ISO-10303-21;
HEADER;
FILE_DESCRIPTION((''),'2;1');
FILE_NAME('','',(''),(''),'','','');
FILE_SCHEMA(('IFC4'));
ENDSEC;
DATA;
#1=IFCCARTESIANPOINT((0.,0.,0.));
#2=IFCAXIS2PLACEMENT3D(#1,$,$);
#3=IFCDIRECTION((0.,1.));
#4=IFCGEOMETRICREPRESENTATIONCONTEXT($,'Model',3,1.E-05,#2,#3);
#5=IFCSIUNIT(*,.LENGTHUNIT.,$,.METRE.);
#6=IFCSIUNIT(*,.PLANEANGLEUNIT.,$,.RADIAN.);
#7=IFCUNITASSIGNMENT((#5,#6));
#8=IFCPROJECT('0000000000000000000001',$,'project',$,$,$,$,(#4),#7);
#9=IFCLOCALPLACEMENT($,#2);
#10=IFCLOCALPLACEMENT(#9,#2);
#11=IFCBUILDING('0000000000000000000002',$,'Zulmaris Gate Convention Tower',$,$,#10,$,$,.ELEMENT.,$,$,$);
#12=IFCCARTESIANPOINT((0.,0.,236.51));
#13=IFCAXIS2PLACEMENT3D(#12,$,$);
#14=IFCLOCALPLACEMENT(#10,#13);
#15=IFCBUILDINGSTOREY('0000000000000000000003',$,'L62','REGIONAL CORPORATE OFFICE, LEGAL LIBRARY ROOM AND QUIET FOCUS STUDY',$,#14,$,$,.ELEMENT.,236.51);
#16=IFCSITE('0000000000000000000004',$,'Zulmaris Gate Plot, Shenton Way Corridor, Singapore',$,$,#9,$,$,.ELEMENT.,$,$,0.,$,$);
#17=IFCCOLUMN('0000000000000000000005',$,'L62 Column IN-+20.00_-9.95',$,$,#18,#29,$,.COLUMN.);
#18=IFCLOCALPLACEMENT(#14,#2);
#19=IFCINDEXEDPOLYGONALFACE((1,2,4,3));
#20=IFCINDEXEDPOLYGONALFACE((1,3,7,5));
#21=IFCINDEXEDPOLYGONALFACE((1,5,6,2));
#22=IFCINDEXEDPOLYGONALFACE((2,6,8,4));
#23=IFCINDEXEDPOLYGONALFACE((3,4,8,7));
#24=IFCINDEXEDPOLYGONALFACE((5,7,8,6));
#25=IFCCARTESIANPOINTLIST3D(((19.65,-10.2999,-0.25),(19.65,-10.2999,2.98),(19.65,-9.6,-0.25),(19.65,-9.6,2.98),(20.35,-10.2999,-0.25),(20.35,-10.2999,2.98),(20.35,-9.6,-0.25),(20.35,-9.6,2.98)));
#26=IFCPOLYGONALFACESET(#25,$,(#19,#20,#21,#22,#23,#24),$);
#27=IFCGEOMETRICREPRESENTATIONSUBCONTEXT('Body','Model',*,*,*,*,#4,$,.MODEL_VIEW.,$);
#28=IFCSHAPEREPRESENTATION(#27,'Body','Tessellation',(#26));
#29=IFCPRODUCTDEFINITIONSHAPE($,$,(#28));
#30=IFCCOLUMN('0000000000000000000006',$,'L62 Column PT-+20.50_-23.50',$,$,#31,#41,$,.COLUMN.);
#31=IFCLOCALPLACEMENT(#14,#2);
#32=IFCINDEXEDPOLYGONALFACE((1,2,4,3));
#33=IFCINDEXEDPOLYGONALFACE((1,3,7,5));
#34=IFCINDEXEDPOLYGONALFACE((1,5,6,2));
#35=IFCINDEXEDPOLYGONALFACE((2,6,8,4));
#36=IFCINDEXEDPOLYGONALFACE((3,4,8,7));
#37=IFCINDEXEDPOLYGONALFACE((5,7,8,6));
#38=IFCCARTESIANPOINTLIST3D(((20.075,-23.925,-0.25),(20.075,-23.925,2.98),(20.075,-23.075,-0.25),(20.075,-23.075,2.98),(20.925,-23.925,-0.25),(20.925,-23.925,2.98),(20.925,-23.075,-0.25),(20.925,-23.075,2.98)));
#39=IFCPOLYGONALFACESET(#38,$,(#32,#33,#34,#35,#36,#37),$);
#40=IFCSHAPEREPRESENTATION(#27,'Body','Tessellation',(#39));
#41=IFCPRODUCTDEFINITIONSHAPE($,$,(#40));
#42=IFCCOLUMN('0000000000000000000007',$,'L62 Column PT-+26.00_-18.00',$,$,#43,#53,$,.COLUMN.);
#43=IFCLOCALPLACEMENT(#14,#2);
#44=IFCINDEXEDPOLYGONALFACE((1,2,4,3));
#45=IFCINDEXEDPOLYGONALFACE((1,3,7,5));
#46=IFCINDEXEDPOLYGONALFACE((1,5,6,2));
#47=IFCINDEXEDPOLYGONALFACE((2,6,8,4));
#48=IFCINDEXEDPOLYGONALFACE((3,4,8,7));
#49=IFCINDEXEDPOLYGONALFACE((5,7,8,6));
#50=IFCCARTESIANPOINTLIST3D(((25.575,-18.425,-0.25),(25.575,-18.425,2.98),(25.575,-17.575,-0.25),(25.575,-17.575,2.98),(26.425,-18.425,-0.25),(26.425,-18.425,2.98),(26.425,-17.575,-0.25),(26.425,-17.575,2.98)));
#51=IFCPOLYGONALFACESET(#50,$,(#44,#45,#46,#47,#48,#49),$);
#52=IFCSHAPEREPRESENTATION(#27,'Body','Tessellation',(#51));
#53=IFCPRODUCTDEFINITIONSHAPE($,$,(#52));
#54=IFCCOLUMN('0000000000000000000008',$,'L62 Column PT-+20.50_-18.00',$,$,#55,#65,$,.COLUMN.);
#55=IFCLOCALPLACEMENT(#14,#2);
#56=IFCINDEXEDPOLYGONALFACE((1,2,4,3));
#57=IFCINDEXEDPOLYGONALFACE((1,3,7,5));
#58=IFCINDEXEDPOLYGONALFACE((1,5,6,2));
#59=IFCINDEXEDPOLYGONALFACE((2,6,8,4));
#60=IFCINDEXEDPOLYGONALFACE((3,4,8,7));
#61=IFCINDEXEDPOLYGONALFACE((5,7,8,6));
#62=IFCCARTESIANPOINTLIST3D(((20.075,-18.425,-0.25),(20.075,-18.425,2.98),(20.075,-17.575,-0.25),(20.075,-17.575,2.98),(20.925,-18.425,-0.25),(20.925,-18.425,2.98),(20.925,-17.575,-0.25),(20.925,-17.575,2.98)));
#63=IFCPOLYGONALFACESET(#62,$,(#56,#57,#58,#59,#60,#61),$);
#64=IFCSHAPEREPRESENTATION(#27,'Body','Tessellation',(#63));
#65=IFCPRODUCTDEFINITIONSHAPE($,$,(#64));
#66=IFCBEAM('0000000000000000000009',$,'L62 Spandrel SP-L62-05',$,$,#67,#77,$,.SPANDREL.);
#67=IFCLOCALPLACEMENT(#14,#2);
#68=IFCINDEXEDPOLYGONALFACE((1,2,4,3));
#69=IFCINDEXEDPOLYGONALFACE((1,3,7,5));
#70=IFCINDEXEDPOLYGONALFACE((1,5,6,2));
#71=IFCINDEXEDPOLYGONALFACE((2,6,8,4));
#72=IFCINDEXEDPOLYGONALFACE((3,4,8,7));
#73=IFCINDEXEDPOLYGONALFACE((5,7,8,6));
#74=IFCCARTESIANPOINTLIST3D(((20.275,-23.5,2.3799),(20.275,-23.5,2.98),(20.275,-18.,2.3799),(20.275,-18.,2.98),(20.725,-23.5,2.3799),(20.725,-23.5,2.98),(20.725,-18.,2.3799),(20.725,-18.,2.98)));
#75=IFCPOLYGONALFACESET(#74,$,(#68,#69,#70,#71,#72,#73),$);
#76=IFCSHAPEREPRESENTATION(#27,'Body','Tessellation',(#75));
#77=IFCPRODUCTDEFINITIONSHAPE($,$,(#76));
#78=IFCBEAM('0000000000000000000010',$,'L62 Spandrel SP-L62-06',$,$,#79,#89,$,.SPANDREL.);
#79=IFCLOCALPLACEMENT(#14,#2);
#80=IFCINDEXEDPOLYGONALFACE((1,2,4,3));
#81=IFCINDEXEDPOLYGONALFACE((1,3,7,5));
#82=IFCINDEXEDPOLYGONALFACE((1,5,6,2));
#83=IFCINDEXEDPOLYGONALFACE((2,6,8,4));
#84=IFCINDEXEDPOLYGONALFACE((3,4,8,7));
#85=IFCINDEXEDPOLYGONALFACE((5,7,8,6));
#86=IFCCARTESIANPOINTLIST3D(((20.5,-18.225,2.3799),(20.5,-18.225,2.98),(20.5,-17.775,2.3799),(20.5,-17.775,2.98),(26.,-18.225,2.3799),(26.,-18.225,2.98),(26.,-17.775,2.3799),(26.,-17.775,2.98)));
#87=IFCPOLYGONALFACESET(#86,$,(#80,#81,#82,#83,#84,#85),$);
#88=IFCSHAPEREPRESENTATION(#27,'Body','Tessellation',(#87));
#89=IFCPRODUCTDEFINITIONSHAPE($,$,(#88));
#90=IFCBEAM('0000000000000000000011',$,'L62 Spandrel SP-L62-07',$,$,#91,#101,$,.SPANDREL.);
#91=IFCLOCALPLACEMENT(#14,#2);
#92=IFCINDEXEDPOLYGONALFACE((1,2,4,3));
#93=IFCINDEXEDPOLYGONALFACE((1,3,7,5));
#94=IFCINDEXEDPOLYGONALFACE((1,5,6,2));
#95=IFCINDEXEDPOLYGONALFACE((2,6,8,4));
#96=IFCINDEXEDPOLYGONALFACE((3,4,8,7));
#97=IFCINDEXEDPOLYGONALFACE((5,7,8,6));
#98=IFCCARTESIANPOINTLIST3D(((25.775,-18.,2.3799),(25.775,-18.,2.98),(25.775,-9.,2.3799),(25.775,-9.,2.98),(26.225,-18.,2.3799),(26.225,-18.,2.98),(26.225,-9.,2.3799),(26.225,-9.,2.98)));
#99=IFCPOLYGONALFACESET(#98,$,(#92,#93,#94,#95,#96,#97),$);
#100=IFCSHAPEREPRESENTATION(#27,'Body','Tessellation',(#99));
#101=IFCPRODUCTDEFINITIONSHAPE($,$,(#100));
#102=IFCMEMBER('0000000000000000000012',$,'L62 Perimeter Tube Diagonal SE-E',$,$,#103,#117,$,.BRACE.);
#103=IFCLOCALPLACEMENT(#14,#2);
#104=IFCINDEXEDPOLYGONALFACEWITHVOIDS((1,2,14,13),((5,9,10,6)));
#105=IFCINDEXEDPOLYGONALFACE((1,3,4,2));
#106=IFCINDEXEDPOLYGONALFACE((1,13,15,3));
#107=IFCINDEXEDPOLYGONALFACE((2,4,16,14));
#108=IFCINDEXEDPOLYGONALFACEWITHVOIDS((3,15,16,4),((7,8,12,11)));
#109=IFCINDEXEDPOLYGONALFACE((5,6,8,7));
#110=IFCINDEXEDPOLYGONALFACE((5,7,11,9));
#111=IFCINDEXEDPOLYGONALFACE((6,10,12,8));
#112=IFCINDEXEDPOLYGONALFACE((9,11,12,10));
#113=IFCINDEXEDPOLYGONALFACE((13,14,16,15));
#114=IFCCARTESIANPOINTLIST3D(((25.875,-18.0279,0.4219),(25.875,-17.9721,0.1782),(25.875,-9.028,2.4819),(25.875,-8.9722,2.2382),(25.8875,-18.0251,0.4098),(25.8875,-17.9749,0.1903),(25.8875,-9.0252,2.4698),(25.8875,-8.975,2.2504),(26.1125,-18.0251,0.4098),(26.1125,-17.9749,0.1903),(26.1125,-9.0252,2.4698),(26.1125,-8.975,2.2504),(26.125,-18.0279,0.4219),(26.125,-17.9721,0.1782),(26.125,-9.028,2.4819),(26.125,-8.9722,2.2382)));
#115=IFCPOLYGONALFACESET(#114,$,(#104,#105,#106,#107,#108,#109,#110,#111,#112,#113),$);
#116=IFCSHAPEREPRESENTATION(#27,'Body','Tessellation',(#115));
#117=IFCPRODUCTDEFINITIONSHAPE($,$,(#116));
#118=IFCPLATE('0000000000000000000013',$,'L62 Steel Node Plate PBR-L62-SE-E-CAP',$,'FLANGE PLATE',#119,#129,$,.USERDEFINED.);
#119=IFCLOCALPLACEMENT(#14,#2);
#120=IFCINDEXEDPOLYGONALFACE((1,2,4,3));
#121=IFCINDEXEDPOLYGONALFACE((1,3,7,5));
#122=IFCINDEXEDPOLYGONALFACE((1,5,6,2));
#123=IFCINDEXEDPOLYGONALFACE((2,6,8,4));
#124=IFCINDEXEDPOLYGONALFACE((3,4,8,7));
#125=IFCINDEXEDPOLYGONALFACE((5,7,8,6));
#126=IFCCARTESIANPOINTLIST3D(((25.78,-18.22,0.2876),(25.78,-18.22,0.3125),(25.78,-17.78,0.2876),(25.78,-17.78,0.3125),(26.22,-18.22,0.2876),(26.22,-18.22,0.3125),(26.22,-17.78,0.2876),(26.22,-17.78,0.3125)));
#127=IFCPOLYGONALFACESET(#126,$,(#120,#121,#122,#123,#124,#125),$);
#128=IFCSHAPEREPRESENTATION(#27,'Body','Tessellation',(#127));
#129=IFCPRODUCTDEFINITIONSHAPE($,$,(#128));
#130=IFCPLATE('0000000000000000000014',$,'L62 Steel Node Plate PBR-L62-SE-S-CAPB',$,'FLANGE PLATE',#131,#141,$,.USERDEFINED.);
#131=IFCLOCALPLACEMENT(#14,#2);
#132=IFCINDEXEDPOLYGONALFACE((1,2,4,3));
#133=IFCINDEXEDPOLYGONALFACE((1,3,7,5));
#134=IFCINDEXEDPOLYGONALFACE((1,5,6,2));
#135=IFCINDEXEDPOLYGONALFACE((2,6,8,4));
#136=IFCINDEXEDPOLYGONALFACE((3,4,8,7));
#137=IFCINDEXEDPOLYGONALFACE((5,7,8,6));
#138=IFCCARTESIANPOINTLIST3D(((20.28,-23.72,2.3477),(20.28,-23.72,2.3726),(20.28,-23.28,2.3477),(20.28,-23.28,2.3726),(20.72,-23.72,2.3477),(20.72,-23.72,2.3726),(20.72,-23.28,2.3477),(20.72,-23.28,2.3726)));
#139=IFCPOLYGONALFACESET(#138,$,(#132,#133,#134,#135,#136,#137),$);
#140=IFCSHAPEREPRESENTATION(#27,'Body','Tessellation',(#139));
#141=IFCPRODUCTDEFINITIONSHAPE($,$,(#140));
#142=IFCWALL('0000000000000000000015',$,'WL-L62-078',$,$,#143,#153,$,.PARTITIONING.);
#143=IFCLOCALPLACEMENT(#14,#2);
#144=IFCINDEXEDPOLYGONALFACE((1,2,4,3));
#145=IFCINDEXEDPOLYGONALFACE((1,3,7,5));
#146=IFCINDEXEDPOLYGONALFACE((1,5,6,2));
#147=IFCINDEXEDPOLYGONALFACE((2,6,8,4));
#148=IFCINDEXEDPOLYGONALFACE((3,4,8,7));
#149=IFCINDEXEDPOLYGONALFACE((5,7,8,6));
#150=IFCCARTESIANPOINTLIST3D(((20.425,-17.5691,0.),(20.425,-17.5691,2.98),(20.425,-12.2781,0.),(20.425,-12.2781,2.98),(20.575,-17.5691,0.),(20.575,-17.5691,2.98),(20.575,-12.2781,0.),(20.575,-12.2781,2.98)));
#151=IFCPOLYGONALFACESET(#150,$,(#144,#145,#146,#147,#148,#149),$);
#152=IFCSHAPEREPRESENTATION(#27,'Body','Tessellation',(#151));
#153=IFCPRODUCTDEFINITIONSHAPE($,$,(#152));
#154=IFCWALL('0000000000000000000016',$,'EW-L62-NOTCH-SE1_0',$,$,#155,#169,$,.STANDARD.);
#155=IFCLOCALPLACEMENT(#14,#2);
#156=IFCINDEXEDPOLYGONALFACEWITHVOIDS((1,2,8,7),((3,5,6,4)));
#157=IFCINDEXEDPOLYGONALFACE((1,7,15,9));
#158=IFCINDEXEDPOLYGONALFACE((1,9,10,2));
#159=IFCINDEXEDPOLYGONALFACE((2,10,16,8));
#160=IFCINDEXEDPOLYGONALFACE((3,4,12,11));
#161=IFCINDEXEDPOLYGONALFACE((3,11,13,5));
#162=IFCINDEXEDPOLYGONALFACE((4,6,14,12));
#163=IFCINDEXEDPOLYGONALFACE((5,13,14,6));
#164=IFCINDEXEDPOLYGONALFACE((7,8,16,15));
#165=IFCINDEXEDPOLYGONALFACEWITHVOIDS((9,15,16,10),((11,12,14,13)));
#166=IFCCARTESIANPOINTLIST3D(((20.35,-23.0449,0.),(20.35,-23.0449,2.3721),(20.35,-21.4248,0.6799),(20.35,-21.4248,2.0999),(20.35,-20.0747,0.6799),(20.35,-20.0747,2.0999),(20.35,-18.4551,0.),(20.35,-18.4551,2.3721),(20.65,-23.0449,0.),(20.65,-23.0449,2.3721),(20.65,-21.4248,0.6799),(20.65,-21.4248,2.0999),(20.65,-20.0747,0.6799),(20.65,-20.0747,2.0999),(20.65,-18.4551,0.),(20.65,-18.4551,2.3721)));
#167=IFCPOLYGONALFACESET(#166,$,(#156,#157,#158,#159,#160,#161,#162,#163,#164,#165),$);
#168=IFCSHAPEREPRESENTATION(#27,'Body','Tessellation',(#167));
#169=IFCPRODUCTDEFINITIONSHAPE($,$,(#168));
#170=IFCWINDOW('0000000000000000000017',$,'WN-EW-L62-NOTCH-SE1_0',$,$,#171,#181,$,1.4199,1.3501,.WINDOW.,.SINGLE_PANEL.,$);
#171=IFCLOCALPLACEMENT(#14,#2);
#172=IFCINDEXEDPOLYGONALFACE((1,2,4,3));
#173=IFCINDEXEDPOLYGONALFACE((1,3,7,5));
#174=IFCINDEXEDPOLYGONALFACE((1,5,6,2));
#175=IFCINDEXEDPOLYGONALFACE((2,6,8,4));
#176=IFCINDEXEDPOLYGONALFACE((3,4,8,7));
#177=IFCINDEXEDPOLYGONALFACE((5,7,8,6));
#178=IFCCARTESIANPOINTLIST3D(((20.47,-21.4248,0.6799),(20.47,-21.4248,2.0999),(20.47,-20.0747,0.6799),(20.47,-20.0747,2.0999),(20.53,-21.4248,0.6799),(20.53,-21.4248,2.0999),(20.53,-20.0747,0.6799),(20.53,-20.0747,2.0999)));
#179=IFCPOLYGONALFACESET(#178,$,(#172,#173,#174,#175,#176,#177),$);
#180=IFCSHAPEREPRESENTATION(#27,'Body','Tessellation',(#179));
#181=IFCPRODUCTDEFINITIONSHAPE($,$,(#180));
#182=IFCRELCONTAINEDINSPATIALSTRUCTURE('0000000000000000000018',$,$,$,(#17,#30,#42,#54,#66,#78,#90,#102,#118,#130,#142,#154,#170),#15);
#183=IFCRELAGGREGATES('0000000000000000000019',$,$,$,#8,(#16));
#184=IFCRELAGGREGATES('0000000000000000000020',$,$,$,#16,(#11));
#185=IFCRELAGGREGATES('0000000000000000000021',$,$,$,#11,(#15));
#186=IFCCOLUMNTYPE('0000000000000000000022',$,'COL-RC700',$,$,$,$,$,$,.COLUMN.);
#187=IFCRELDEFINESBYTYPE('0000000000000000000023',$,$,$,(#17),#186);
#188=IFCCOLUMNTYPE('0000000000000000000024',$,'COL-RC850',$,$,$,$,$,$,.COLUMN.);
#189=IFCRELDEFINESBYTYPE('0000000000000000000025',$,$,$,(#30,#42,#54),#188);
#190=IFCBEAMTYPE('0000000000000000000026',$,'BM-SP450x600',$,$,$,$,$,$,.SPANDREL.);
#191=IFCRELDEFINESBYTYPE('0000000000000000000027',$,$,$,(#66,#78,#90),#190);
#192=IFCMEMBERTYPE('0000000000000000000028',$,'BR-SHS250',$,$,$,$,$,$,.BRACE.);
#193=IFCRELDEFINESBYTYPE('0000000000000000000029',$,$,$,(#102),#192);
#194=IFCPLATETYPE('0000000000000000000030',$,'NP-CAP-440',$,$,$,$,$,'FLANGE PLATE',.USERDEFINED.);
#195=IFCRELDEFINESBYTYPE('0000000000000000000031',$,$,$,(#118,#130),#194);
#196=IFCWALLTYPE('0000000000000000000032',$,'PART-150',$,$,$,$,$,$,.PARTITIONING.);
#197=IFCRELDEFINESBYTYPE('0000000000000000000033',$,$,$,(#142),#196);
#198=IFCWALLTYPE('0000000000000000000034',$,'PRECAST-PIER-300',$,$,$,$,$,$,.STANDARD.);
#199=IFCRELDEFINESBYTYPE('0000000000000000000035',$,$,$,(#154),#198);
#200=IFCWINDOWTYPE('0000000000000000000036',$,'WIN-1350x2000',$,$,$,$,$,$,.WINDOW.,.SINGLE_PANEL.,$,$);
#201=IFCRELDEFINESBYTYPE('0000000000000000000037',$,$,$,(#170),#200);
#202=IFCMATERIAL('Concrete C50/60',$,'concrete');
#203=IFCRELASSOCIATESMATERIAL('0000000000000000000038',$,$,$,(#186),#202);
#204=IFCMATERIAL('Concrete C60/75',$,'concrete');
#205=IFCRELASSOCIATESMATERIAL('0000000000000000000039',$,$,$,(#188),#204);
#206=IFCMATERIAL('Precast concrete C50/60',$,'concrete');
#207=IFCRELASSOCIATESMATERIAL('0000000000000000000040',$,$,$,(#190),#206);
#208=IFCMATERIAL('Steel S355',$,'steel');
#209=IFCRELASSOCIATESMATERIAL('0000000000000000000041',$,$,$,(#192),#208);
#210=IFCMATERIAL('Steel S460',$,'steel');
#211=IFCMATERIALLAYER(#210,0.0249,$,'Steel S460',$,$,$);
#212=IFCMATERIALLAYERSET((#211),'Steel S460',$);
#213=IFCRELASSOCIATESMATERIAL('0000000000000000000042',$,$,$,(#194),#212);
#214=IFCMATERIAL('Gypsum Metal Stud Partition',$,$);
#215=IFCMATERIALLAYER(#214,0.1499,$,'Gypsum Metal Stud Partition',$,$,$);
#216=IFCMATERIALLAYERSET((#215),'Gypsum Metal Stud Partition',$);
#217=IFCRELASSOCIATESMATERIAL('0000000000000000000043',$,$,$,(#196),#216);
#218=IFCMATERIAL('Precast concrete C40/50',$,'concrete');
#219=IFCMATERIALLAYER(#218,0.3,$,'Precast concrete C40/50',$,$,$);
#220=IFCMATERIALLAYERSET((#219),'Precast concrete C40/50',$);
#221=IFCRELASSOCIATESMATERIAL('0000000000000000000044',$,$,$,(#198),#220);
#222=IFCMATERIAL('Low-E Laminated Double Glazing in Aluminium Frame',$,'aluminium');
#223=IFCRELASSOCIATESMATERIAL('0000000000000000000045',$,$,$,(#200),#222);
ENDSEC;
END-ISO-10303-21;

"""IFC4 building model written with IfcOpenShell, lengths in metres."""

from ifc_helpers import new_model, si_unit, direction, frame, frame_2d, origin, origin_2d, place, context, subcontext, project, spatial, rectangle, hollow_rectangle, extrude, material, layer, layer_set, material_profile, profile_set, type_object, element, fill, save


model = new_model("IFC4")

# Units and contexts
model_context = context("Model", 3, precision=1e-05, world=origin(), true_north=direction((0.0, 1.0)))
body_context = subcontext(model_context, "Body", "Model", "MODEL_VIEW")
ifc_project = project(units=[si_unit("LENGTHUNIT", "METRE"), si_unit("PLANEANGLEUNIT", "RADIAN")], contexts=[model_context])

# Site, building, storey
site_placement = place(None, origin())
site = spatial("IfcSite", under=ifc_project, at=site_placement, Name="Zulmaris Gate Plot, Shenton Way Corridor, Singapore", CompositionType="ELEMENT", RefElevation=0.0)
building_placement = place(site_placement, origin())
building = spatial("IfcBuilding", under=site, at=building_placement, Name="Zulmaris Gate Convention Tower", CompositionType="ELEMENT")
storey_placement = place(building_placement, frame((0.0, 0.0, 236.51)))
storey = spatial("IfcBuildingStorey", under=building, at=storey_placement, Name="L62", Description="REGIONAL CORPORATE OFFICE, LEGAL LIBRARY ROOM AND QUIET FOCUS STUDY", CompositionType="ELEMENT", Elevation=236.51)

# Columns
ifc_material_1 = material(Name="Concrete C50/60", Category="concrete")
ifc_material_profile_1 = material_profile(ifc_material_1, rectangle(XDim=0.7, YDim=0.7, at=origin_2d()), Name="RC COL 700x700")
ifc_profile_set_1 = profile_set([ifc_material_profile_1], Name="Concrete C50/60")
column_type_1 = type_object("IfcColumnType", Name="COL-RC700", PredefinedType="COLUMN", material=ifc_profile_set_1)
column_placement = place(storey_placement, frame((20.0, -9.95, -0.25), z_axis=(0.0, 0.0, 1.0), x_axis=(1.0, 0.0, 0.0)))
element("IfcColumn", 1, at=column_placement, inside=storey, type_object=column_type_1, Name="L62 Column IN-+20.00_-9.95", PredefinedType="COLUMN", context=body_context, shape_type="SweptSolid", body=[
    extrude(rectangle(XDim=0.7, YDim=0.7, at=origin_2d()), origin(), (0.0, 0.0, 1.0), 3.23),
])
ifc_material_2 = material(Name="Concrete C60/75", Category="concrete")
ifc_material_profile_2 = material_profile(ifc_material_2, rectangle(XDim=0.8501, YDim=0.8501, at=origin_2d()), Name="RC COL 850x850")
ifc_profile_set_2 = profile_set([ifc_material_profile_2], Name="Concrete C60/75")
column_type_2 = type_object("IfcColumnType", Name="COL-RC850", PredefinedType="COLUMN", material=ifc_profile_set_2)
for number, where, z_axis, x_axis, name in (
    (2, (20.5, -23.5, -0.25), (0.0, 0.0, 1.0), (1.0, 0.0, 0.0), "L62 Column PT-+20.50_-23.50"),
    (3, (26.0, -18.0, -0.25), (0.0, 0.0, 1.0), (1.0, 0.0, 0.0), "L62 Column PT-+26.00_-18.00"),
    (4, (20.5, -18.0, -0.25), (0.0, 0.0, 1.0), (1.0, 0.0, 0.0), "L62 Column PT-+20.50_-18.00"),
):
    element("IfcColumn", number, at=place(storey_placement, frame(where, z_axis=z_axis, x_axis=x_axis)), inside=storey, type_object=column_type_2, Name=name, PredefinedType="COLUMN", context=body_context, shape_type="SweptSolid", body=[
        extrude(rectangle(XDim=0.8501, YDim=0.8501, at=origin_2d()), origin(), (0.0, 0.0, 1.0), 3.23),
    ])

# Beams
ifc_material_3 = material(Name="Precast concrete C50/60", Category="concrete")
ifc_material_profile_3 = material_profile(ifc_material_3, rectangle(XDim=0.45, YDim=0.6001, at=origin_2d()), Name="RC SPANDREL 450x600")
ifc_profile_set_3 = profile_set([ifc_material_profile_3], Name="Precast concrete C50/60")
beam_type = type_object("IfcBeamType", Name="BM-SP450x600", PredefinedType="SPANDREL", material=ifc_profile_set_3)
for number, where, z_axis, x_axis, name in (
    (5, (20.5, -23.5, 2.6799), (0.0, 1.0, 0.0), (-1.0, 0.0, 0.0), "L62 Spandrel SP-L62-05"),
    (6, (20.5, -18.0, 2.6799), (1.0, 0.0, 0.0), (0.0, 1.0, 0.0), "L62 Spandrel SP-L62-06"),
):
    element("IfcBeam", number, at=place(storey_placement, frame(where, z_axis=z_axis, x_axis=x_axis)), inside=storey, type_object=beam_type, Name=name, PredefinedType="SPANDREL", context=body_context, shape_type="SweptSolid", body=[
        extrude(rectangle(XDim=0.45, YDim=0.6001, at=origin_2d()), origin(), (0.0, 0.0, 1.0), 5.5),
    ])
beam_placement = place(storey_placement, frame((26.0, -18.0, 2.6799), z_axis=(0.0, 1.0, 0.0), x_axis=(-1.0, 0.0, 0.0)))
element("IfcBeam", 7, at=beam_placement, inside=storey, type_object=beam_type, Name="L62 Spandrel SP-L62-07", PredefinedType="SPANDREL", context=body_context, shape_type="SweptSolid", body=[
    extrude(rectangle(XDim=0.45, YDim=0.6001, at=origin_2d()), origin(), (0.0, 0.0, 1.0), 9.0),
])

# Member
ifc_material_4 = material(Name="Steel S355", Category="steel")
ifc_material_profile_4 = material_profile(ifc_material_4, hollow_rectangle(XDim=0.25, YDim=0.25, WallThickness=0.0125, at=origin_2d()), Name="SHS 250x250x12.5")
ifc_profile_set_4 = profile_set([ifc_material_profile_4], Name="Steel S355")
member_type = type_object("IfcMemberType", Name="BR-SHS250", PredefinedType="BRACE", material=ifc_profile_set_4)
member_placement = place(storey_placement, frame((26.0, -18.0, 0.3), z_axis=(0.0, 0.97479, 0.223125), x_axis=(-1.0, 0.0, 0.0)))
element("IfcMember", 8, at=member_placement, inside=storey, type_object=member_type, Name="L62 Perimeter Tube Diagonal SE-E", PredefinedType="BRACE", context=body_context, shape_type="SweptSolid", body=[
    extrude(hollow_rectangle(XDim=0.25, YDim=0.25, WallThickness=0.0125, at=origin_2d()), origin(), (0.0, 0.0, 1.0), 9.2327),
])

# Plates
ifc_material_5 = material(Name="Steel S460", Category="steel")
ifc_layer_1 = layer(ifc_material_5, 0.0249, Name="Steel S460")
ifc_layer_set_1 = layer_set([ifc_layer_1], Name="Steel S460")
plate_type = type_object("IfcPlateType", Name="NP-CAP-440", ElementType="FLANGE PLATE", PredefinedType="USERDEFINED", material=ifc_layer_set_1)
for number, where, z_axis, x_axis, name in (
    (9, (26.0, -18.0, 0.2876), (0.0, 0.0, 1.0), (1.0, 0.0, 0.0), "L62 Steel Node Plate PBR-L62-SE-E-CAP"),
    (10, (20.5, -23.5, 2.3477), (0.0, 0.0, 1.0), (1.0, 0.0, 0.0), "L62 Steel Node Plate PBR-L62-SE-S-CAPB"),
):
    element("IfcPlate", number, at=place(storey_placement, frame(where, z_axis=z_axis, x_axis=x_axis)), inside=storey, type_object=plate_type, Name=name, ObjectType="FLANGE PLATE", PredefinedType="USERDEFINED", context=body_context, shape_type="SweptSolid", body=[
        extrude(rectangle(XDim=0.4399, YDim=0.4399, at=origin_2d()), origin(), (0.0, 0.0, 1.0), 0.0249),
    ])

# Shared definitions
ifc_material_6 = material(Name="Gypsum Metal Stud Partition")
ifc_layer_2 = layer(ifc_material_6, 0.1499, Name="Gypsum Metal Stud Partition")
ifc_layer_set_2 = layer_set([ifc_layer_2], Name="Gypsum Metal Stud Partition")
wall_type_1 = type_object("IfcWallType", Name="PART-150", PredefinedType="PARTITIONING", material=ifc_layer_set_2)

# Wall
wall_1_placement = place(storey_placement, frame((20.5, -17.5691, 0.0), z_axis=(0.0, 0.0, 1.0), x_axis=(0.0, 1.0, 0.0)))
element("IfcWall", 11, at=wall_1_placement, inside=storey, type_object=wall_type_1, Name="WL-L62-078", PredefinedType="PARTITIONING", context=body_context, shape_type="SweptSolid", body=[
    extrude(rectangle(XDim=5.291, YDim=0.1499, at=frame_2d((2.6455, 0.0))), origin(), (0.0, 0.0, 1.0), 2.98),
])

# Wall, opening, window
ifc_material_7 = material(Name="Precast concrete C40/50", Category="concrete")
ifc_layer_3 = layer(ifc_material_7, 0.3, Name="Precast concrete C40/50")
ifc_layer_set_3 = layer_set([ifc_layer_3], Name="Precast concrete C40/50")
wall_type_2 = type_object("IfcWallType", Name="PRECAST-PIER-300", PredefinedType="STANDARD", material=ifc_layer_set_3)
wall_2_placement = place(storey_placement, frame((20.5, -23.0449, 0.0), z_axis=(0.0, 0.0, 1.0), x_axis=(0.0, 1.0, 0.0)))
wall_2 = element("IfcWall", 12, at=wall_2_placement, inside=storey, type_object=wall_type_2, Name="EW-L62-NOTCH-SE1_0", PredefinedType="STANDARD", context=body_context, shape_type="SweptSolid", body=[
    extrude(rectangle(XDim=4.5898, YDim=0.3, at=frame_2d((2.2949, 0.0))), origin(), (0.0, 0.0, 1.0), 2.3721),
])
opening_1_placement = place(wall_2_placement, frame((1.6201, 0.0, 0.6799)))
opening_1 = element("IfcOpeningElement", 13, at=opening_1_placement, cuts=wall_2, PredefinedType="OPENING", context=body_context, shape_type="SweptSolid", body=[
    extrude(rectangle(XDim=1.3501, YDim=1.4199, at=frame_2d((0.675, 0.71))), frame((0.0, 0.1602, 0.0), z_axis=(0.0, -1.0, 0.0), x_axis=(1.0, 0.0, 0.0)), (0.0, 0.0, 1.0), 0.3201),
])
ifc_material_8 = material(Name="Low-E Laminated Double Glazing in Aluminium Frame", Category="aluminium")
window_type = type_object("IfcWindowType", Name="WIN-1350x2000", PartitioningType="SINGLE_PANEL", PredefinedType="WINDOW", material=ifc_material_8)
window_1_placement = place(opening_1_placement, origin())
window_1 = element("IfcWindow", 14, at=window_1_placement, inside=storey, type_object=window_type, Name="WN-EW-L62-NOTCH-SE1_0", OverallHeight=1.4199, OverallWidth=1.3501, PartitioningType="SINGLE_PANEL", PredefinedType="WINDOW", context=body_context, shape_type="SweptSolid", body=[
    extrude(rectangle(XDim=1.3501, YDim=1.4199, at=frame_2d((0.675, 0.71))), frame((0.0, 0.03, 0.0), z_axis=(0.0, -1.0, 0.0), x_axis=(1.0, 0.0, 0.0)), (0.0, 0.0, 1.0), 0.0601),
])
fill(opening_1, window_1)

save(model, "model.ifc")
